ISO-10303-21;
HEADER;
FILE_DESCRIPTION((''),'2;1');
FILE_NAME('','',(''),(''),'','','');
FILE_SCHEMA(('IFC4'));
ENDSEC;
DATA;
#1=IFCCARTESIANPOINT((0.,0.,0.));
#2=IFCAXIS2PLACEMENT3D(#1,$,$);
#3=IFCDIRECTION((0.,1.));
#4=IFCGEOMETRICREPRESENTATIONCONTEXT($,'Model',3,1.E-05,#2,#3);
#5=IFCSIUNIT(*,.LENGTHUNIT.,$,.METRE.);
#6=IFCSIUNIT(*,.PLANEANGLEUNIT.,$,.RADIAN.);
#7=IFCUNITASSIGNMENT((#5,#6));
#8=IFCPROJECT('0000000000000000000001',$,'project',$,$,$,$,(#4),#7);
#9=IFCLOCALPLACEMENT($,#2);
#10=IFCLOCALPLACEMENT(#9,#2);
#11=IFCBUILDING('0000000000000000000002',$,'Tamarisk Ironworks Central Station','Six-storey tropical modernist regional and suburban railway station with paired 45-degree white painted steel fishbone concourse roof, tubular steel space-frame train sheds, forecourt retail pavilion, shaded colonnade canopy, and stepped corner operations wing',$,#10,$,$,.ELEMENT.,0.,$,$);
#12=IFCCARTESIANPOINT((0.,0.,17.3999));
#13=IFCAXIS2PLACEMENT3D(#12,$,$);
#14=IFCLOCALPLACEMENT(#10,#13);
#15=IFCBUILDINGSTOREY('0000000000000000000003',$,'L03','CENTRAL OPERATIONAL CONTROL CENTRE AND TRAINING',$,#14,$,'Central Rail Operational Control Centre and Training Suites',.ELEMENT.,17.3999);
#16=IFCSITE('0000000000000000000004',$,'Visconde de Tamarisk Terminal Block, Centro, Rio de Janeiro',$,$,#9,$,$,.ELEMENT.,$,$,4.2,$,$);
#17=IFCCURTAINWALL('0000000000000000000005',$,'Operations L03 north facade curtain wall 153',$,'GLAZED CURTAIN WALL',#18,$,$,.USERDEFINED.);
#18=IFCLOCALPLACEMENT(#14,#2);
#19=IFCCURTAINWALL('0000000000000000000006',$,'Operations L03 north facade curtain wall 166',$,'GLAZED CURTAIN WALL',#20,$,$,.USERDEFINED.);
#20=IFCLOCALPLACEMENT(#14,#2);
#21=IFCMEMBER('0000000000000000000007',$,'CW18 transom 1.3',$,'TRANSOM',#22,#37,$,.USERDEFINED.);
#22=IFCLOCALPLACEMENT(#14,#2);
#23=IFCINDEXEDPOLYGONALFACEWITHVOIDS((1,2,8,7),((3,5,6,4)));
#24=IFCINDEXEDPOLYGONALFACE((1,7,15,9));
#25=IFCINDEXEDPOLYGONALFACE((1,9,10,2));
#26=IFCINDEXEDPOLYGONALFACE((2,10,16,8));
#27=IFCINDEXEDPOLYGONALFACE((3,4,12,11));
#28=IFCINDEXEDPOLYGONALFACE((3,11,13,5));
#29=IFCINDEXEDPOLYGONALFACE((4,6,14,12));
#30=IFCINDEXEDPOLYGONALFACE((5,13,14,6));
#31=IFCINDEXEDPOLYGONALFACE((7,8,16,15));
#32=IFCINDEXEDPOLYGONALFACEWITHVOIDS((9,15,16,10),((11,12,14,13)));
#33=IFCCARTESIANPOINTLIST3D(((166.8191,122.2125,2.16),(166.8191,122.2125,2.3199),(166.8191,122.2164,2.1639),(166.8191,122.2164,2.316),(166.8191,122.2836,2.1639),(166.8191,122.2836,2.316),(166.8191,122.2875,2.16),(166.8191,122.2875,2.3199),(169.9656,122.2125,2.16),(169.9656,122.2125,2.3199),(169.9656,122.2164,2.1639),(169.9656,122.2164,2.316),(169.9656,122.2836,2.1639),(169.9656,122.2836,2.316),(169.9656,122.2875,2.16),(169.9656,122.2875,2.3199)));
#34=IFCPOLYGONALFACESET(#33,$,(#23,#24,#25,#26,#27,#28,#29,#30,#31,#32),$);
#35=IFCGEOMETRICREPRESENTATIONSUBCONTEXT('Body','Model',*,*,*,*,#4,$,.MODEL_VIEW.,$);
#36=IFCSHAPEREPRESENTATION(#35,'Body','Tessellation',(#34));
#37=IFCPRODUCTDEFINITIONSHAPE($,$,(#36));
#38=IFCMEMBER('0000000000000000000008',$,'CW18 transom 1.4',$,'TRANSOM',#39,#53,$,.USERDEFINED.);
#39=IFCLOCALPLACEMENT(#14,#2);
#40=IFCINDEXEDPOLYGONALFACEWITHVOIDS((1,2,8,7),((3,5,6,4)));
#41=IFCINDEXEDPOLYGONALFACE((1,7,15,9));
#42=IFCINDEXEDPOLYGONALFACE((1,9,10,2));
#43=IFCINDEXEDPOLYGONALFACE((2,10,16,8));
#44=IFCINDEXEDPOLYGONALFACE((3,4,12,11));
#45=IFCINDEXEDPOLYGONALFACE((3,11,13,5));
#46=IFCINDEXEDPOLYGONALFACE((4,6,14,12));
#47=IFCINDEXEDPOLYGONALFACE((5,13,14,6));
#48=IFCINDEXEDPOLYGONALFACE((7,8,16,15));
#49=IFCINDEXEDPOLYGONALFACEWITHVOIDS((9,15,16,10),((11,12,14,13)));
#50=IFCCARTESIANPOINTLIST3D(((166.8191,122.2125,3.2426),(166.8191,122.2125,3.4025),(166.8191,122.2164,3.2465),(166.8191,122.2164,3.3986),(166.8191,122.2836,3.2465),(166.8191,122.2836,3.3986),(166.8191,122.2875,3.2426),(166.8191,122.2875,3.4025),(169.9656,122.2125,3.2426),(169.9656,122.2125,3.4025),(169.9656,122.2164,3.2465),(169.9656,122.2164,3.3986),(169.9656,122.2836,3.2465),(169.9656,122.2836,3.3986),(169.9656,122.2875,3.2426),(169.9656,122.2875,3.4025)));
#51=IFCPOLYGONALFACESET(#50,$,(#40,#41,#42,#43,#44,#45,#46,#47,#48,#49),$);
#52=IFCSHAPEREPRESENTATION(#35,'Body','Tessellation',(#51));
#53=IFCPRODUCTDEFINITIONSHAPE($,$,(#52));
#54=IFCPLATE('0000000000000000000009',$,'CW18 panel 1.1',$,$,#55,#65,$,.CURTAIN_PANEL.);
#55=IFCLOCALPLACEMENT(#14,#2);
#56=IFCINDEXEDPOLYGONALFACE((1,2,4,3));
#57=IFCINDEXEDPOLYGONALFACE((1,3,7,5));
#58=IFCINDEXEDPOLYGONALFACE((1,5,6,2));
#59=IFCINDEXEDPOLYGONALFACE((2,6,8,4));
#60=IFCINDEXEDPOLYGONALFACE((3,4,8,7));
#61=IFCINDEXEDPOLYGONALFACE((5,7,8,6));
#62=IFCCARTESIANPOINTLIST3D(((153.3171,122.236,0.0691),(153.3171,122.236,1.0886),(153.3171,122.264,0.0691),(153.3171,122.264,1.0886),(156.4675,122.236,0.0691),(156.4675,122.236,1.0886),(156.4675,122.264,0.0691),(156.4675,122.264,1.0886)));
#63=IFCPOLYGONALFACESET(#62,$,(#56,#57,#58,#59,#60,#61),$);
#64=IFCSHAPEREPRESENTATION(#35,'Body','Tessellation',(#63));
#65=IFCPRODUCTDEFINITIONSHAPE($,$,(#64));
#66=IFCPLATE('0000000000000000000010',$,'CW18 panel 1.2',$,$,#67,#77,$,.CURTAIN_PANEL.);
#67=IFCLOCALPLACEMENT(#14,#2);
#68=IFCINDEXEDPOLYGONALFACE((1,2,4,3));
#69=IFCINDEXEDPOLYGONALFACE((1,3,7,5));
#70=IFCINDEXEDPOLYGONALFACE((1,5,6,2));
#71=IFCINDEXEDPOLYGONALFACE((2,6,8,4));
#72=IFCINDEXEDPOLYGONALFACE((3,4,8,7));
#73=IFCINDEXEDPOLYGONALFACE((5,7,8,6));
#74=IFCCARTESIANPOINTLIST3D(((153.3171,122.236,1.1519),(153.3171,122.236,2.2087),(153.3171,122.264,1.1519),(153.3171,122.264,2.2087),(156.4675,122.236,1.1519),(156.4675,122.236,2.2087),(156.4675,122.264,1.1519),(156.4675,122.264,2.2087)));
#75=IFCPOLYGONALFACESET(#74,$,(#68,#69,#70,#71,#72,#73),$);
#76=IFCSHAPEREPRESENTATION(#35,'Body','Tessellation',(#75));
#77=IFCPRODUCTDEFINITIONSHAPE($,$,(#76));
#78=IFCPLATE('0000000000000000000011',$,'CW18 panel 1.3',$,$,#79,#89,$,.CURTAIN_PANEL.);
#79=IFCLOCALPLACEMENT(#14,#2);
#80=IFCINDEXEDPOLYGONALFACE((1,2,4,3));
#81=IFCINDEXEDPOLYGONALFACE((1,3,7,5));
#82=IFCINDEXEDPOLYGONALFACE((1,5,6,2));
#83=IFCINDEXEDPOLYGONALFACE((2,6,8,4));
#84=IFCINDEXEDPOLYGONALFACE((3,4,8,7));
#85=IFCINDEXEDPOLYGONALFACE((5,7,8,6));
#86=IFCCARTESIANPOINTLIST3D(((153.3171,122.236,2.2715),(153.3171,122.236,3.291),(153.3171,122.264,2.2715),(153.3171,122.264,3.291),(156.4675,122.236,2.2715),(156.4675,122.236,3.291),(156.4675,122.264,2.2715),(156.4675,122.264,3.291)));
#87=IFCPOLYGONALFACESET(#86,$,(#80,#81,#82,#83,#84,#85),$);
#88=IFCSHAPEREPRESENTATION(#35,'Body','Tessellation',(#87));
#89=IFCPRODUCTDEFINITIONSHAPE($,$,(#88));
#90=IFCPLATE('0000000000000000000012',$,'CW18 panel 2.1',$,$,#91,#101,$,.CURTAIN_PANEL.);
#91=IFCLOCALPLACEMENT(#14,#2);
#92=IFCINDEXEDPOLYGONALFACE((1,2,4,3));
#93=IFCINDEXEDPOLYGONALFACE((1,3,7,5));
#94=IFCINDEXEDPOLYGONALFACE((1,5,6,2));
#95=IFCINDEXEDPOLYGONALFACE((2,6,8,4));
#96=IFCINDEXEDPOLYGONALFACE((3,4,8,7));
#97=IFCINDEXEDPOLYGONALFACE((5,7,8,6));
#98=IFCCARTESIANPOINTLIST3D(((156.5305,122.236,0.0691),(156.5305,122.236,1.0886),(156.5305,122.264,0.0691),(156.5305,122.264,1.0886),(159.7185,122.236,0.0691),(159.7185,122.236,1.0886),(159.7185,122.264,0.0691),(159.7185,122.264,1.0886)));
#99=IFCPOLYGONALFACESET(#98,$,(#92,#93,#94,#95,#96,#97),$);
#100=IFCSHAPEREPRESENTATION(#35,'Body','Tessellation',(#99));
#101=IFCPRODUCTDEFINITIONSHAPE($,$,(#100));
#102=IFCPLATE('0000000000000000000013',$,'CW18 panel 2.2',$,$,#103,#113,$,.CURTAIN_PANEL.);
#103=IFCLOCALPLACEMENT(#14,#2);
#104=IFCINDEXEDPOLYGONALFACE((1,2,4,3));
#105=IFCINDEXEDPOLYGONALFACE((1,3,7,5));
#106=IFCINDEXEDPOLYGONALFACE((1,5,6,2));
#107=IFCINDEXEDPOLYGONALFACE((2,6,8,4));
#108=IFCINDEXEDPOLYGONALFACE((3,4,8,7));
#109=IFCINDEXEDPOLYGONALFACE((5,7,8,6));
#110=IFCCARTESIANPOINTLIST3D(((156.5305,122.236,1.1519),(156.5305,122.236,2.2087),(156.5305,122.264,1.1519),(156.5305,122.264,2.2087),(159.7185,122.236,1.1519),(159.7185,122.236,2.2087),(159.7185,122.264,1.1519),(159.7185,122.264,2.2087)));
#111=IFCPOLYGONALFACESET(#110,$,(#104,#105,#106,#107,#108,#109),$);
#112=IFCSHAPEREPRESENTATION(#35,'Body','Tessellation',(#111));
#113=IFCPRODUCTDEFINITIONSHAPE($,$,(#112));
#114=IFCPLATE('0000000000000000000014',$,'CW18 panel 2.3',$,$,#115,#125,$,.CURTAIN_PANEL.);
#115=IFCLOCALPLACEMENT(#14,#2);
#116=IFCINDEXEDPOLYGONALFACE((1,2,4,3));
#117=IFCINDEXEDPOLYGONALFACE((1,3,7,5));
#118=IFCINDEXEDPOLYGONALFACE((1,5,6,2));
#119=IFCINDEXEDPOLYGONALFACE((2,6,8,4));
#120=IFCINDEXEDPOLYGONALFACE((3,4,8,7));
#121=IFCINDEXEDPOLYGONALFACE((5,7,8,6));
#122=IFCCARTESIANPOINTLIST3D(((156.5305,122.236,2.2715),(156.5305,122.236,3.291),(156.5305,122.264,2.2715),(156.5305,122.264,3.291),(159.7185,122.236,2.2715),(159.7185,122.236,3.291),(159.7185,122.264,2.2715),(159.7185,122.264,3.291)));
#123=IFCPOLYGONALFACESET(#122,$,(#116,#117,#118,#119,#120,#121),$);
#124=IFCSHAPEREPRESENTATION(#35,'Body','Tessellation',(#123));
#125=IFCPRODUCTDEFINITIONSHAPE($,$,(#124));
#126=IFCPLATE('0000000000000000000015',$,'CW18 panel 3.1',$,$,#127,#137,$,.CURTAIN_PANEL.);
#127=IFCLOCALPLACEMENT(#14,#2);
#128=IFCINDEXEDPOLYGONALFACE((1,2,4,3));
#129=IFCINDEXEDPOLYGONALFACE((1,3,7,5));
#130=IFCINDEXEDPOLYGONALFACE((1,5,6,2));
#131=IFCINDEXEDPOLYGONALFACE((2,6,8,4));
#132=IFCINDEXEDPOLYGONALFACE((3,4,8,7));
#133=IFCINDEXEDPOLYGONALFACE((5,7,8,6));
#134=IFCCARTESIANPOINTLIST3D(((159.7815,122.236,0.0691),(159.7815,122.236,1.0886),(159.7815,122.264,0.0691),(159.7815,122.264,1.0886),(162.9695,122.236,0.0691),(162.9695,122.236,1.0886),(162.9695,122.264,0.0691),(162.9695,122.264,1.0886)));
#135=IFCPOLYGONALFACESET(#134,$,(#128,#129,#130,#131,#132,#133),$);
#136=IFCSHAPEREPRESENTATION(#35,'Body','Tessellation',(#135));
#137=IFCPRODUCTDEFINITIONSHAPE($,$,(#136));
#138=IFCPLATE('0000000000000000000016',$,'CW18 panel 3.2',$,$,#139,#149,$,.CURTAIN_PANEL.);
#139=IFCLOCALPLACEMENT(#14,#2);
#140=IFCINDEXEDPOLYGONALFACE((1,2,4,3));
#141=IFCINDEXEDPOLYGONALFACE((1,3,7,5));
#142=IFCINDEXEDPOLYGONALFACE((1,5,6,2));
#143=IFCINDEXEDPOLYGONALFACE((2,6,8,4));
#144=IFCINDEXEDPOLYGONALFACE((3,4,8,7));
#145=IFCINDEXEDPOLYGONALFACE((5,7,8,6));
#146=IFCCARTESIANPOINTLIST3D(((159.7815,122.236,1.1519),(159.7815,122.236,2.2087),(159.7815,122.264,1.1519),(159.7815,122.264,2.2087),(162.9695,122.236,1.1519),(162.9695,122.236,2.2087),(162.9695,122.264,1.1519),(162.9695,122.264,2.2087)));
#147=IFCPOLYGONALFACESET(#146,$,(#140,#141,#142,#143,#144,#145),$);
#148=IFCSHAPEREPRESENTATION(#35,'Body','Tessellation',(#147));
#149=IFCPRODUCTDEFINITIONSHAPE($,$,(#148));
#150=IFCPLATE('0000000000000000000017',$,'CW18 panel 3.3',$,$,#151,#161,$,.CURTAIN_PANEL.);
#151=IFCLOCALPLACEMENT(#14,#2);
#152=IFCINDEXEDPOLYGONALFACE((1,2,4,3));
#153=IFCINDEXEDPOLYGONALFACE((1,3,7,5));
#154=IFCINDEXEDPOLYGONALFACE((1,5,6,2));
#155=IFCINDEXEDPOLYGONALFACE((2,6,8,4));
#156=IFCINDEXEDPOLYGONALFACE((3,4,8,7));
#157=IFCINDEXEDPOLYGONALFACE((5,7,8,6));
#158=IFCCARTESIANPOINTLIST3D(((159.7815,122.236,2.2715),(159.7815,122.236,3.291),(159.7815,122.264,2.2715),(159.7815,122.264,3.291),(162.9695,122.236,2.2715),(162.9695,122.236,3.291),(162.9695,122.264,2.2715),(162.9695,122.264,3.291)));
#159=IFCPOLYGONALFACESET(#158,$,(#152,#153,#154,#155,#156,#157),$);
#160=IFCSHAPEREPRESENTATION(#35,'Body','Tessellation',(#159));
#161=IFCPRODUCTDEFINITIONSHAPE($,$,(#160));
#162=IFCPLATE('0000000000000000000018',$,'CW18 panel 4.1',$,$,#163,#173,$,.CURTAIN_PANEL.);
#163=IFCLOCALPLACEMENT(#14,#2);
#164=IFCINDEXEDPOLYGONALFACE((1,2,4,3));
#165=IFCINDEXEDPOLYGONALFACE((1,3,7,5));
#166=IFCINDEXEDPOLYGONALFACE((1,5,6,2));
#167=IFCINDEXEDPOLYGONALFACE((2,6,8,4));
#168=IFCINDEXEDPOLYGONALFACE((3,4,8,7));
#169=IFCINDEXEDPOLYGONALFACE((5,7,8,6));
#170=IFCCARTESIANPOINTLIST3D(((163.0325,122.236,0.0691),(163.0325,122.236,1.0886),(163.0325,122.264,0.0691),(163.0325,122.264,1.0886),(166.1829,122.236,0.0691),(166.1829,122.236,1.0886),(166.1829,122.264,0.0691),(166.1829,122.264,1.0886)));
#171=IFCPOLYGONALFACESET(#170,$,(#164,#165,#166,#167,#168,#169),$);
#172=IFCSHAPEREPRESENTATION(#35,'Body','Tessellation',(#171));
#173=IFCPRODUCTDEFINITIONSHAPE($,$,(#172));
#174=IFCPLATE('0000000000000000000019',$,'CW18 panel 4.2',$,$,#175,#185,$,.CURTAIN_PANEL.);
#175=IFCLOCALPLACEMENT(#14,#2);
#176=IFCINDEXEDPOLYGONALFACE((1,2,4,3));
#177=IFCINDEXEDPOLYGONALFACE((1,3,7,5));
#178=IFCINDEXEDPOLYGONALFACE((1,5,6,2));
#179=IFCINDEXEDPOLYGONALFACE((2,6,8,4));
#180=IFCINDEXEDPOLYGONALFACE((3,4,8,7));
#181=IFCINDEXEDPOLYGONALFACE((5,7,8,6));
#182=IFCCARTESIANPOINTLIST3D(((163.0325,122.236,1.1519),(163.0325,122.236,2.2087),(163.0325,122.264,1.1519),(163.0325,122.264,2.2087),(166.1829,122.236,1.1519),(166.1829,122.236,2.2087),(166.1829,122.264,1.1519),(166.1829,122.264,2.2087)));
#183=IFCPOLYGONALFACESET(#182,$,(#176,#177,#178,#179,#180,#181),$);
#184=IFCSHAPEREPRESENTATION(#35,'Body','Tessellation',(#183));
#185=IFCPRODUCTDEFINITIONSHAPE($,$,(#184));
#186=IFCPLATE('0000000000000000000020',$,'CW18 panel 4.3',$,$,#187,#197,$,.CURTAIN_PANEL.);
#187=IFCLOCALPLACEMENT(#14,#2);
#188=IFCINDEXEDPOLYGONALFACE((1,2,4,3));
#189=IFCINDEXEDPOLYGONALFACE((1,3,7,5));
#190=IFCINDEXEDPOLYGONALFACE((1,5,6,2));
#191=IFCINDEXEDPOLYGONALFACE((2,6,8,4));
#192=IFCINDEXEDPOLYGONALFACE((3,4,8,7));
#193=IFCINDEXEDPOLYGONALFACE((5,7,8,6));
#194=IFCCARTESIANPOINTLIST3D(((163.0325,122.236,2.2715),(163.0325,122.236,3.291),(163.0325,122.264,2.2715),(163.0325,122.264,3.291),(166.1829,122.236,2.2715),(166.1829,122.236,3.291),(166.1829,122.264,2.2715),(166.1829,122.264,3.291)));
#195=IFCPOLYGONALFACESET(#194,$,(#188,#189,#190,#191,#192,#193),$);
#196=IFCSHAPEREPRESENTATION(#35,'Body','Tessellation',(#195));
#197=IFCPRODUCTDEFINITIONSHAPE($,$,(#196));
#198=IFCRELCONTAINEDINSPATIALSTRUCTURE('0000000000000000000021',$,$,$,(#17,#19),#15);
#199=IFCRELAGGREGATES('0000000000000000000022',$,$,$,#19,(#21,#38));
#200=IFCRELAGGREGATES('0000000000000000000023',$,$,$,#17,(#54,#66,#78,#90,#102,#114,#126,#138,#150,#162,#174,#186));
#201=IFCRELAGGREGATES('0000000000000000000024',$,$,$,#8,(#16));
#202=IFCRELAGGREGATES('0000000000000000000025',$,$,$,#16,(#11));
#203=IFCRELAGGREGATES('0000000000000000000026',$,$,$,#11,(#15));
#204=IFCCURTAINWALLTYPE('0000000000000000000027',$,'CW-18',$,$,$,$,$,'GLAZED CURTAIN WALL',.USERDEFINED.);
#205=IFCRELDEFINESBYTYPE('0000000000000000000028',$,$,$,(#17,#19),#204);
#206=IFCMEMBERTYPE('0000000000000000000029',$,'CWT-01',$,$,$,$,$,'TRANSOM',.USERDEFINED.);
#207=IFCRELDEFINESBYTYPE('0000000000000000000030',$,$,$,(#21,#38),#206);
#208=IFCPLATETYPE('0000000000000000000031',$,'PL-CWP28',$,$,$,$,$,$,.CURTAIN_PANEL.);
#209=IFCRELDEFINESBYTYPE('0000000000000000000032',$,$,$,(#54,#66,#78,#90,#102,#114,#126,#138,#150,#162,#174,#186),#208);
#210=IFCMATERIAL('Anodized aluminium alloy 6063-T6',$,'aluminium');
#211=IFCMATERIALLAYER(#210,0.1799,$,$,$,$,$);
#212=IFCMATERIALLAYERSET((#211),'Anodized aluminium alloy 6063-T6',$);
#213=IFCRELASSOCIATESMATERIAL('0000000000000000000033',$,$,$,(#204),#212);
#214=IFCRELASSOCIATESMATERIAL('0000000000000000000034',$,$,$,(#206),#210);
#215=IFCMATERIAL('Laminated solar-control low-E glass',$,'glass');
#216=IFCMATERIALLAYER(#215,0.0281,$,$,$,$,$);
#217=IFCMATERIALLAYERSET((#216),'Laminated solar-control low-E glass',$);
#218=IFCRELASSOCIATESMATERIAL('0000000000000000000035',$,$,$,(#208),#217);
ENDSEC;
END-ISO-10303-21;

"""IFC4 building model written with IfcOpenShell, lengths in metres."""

from ifc_helpers import new_model, si_unit, direction, frame, origin, origin_2d, place, context, subcontext, project, spatial, rectangle, hollow_rectangle, extrude, material, layer, layer_set, material_profile, profile_set, type_object, element, aggregate, save


model = new_model("IFC4")

# Units and contexts
model_context = context("Model", 3, precision=1e-05, world=origin(), true_north=direction((0.0, 1.0)))
body_context = subcontext(model_context, "Body", "Model", "MODEL_VIEW")
ifc_project = project(units=[si_unit("LENGTHUNIT", "METRE"), si_unit("PLANEANGLEUNIT", "RADIAN")], contexts=[model_context])

# Site, building, storey
site_placement = place(None, origin())
site = spatial("IfcSite", under=ifc_project, at=site_placement, Name="Visconde de Tamarisk Terminal Block, Centro, Rio de Janeiro", CompositionType="ELEMENT", RefElevation=4.2)
building_placement = place(site_placement, origin())
building = spatial("IfcBuilding", under=site, at=building_placement, Name="Tamarisk Ironworks Central Station", Description="Six-storey tropical modernist regional and suburban railway station with paired 45-degree white painted steel fishbone concourse roof, tubular steel space-frame train sheds, forecourt retail pavilion, shaded colonnade canopy, and stepped corner operations wing", CompositionType="ELEMENT", ElevationOfRefHeight=0.0)
storey_placement = place(building_placement, frame((0.0, 0.0, 17.3999)))
storey = spatial("IfcBuildingStorey", under=building, at=storey_placement, Name="L03", Description="CENTRAL OPERATIONAL CONTROL CENTRE AND TRAINING", LongName="Central Rail Operational Control Centre and Training Suites", CompositionType="ELEMENT", Elevation=17.3999)

# Curtain wall
ifc_material_1 = material(Name="Anodized aluminium alloy 6063-T6", Category="aluminium")
ifc_layer_1 = layer(ifc_material_1, 0.1799)
ifc_layer_set_1 = layer_set([ifc_layer_1], Name="Anodized aluminium alloy 6063-T6")
curtain_wall_type = type_object("IfcCurtainWallType", Name="CW-18", ElementType="GLAZED CURTAIN WALL", PredefinedType="USERDEFINED", material=ifc_layer_set_1)
curtain_wall_1_placement = place(storey_placement, origin())
curtain_wall_1 = element("IfcCurtainWall", 1, at=curtain_wall_1_placement, inside=storey, type_object=curtain_wall_type, Name="Operations L03 north facade curtain wall 153", ObjectType="GLAZED CURTAIN WALL", PredefinedType="USERDEFINED")

# Curtain wall
curtain_wall_2_placement = place(storey_placement, origin())
curtain_wall_2 = element("IfcCurtainWall", 2, at=curtain_wall_2_placement, inside=storey, type_object=curtain_wall_type, Name="Operations L03 north facade curtain wall 166", ObjectType="GLAZED CURTAIN WALL", PredefinedType="USERDEFINED")

# Members
ifc_material_profile_1 = material_profile(ifc_material_1, hollow_rectangle(XDim=0.075, YDim=0.1599, WallThickness=0.0039, at=origin_2d()), Name="ALUM 160x75")
ifc_profile_set_1 = profile_set([ifc_material_profile_1], Name="Anodized aluminium alloy 6063-T6")
member_type_1 = type_object("IfcMemberType", Name="CWT-01", ElementType="TRANSOM", PredefinedType="USERDEFINED", material=ifc_profile_set_1)
member_1_placement = place(storey_placement, frame((166.8191, 122.25, 2.24), z_axis=(1.0, 0.0, 0.0), x_axis=(0.0, 1.0, 0.0)))
member_1 = element("IfcMember", 3, at=member_1_placement, type_object=member_type_1, Name="CW18 transom 1.3", ObjectType="TRANSOM", PredefinedType="USERDEFINED", context=body_context, shape_type="SweptSolid", body=[
    extrude(hollow_rectangle(XDim=0.075, YDim=0.1599, WallThickness=0.0039, at=origin_2d()), origin(), (0.0, 0.0, 1.0), 3.1465),
])
member_2_placement = place(storey_placement, frame((166.8191, 122.25, 3.3225), z_axis=(1.0, 0.0, 0.0), x_axis=(0.0, 1.0, 0.0)))
member_2 = element("IfcMember", 4, at=member_2_placement, type_object=member_type_1, Name="CW18 transom 1.4", ObjectType="TRANSOM", PredefinedType="USERDEFINED", context=body_context, shape_type="SweptSolid", body=[
    extrude(hollow_rectangle(XDim=0.075, YDim=0.1599, WallThickness=0.0039, at=origin_2d()), origin(), (0.0, 0.0, 1.0), 3.1465),
])
aggregate(curtain_wall_2, [member_1, member_2])

# Plates
ifc_material_2 = material(Name="Laminated solar-control low-E glass", Category="glass")
ifc_layer_2 = layer(ifc_material_2, 0.0281)
ifc_layer_set_2 = layer_set([ifc_layer_2], Name="Laminated solar-control low-E glass")
plate_type = type_object("IfcPlateType", Name="PL-CWP28", PredefinedType="CURTAIN_PANEL", material=ifc_layer_set_2)
plate_1_placement = place(storey_placement, frame((154.8923, 122.25, 0.0691), z_axis=(0.0, 0.0, 1.0), x_axis=(1.0, 0.0, 0.0)))
plate_1 = element("IfcPlate", 5, at=plate_1_placement, type_object=plate_type, Name="CW18 panel 1.1", PredefinedType="CURTAIN_PANEL", context=body_context, shape_type="SweptSolid", body=[
    extrude(rectangle(XDim=3.1504, YDim=0.0281, at=origin_2d()), origin(), (0.0, 0.0, 1.0), 1.0195),
])
plate_2_placement = place(storey_placement, frame((154.8923, 122.25, 1.1519), z_axis=(0.0, 0.0, 1.0), x_axis=(1.0, 0.0, 0.0)))
plate_2 = element("IfcPlate", 6, at=plate_2_placement, type_object=plate_type, Name="CW18 panel 1.2", PredefinedType="CURTAIN_PANEL", context=body_context, shape_type="SweptSolid", body=[
    extrude(rectangle(XDim=3.1504, YDim=0.0281, at=origin_2d()), origin(), (0.0, 0.0, 1.0), 1.0569),
])
plate_3_placement = place(storey_placement, frame((154.8923, 122.25, 2.2715), z_axis=(0.0, 0.0, 1.0), x_axis=(1.0, 0.0, 0.0)))
plate_3 = element("IfcPlate", 7, at=plate_3_placement, type_object=plate_type, Name="CW18 panel 1.3", PredefinedType="CURTAIN_PANEL", context=body_context, shape_type="SweptSolid", body=[
    extrude(rectangle(XDim=3.1504, YDim=0.0281, at=origin_2d()), origin(), (0.0, 0.0, 1.0), 1.0195),
])
plate_4_placement = place(storey_placement, frame((158.1245, 122.25, 0.0691), z_axis=(0.0, 0.0, 1.0), x_axis=(1.0, 0.0, 0.0)))
plate_4 = element("IfcPlate", 8, at=plate_4_placement, type_object=plate_type, Name="CW18 panel 2.1", PredefinedType="CURTAIN_PANEL", context=body_context, shape_type="SweptSolid", body=[
    extrude(rectangle(XDim=3.188, YDim=0.0281, at=origin_2d()), origin(), (0.0, 0.0, 1.0), 1.0195),
])
plate_5_placement = place(storey_placement, frame((158.1245, 122.25, 1.1519), z_axis=(0.0, 0.0, 1.0), x_axis=(1.0, 0.0, 0.0)))
plate_5 = element("IfcPlate", 9, at=plate_5_placement, type_object=plate_type, Name="CW18 panel 2.2", PredefinedType="CURTAIN_PANEL", context=body_context, shape_type="SweptSolid", body=[
    extrude(rectangle(XDim=3.188, YDim=0.0281, at=origin_2d()), origin(), (0.0, 0.0, 1.0), 1.0569),
])
plate_6_placement = place(storey_placement, frame((158.1245, 122.25, 2.2715), z_axis=(0.0, 0.0, 1.0), x_axis=(1.0, 0.0, 0.0)))
plate_6 = element("IfcPlate", 10, at=plate_6_placement, type_object=plate_type, Name="CW18 panel 2.3", PredefinedType="CURTAIN_PANEL", context=body_context, shape_type="SweptSolid", body=[
    extrude(rectangle(XDim=3.188, YDim=0.0281, at=origin_2d()), origin(), (0.0, 0.0, 1.0), 1.0195),
])
plate_7_placement = place(storey_placement, frame((161.3755, 122.25, 0.0691), z_axis=(0.0, 0.0, 1.0), x_axis=(1.0, 0.0, 0.0)))
plate_7 = element("IfcPlate", 11, at=plate_7_placement, type_object=plate_type, Name="CW18 panel 3.1", PredefinedType="CURTAIN_PANEL", context=body_context, shape_type="SweptSolid", body=[
    extrude(rectangle(XDim=3.188, YDim=0.0281, at=origin_2d()), origin(), (0.0, 0.0, 1.0), 1.0195),
])
plate_8_placement = place(storey_placement, frame((161.3755, 122.25, 1.1519), z_axis=(0.0, 0.0, 1.0), x_axis=(1.0, 0.0, 0.0)))
plate_8 = element("IfcPlate", 12, at=plate_8_placement, type_object=plate_type, Name="CW18 panel 3.2", PredefinedType="CURTAIN_PANEL", context=body_context, shape_type="SweptSolid", body=[
    extrude(rectangle(XDim=3.188, YDim=0.0281, at=origin_2d()), origin(), (0.0, 0.0, 1.0), 1.0569),
])
plate_9_placement = place(storey_placement, frame((161.3755, 122.25, 2.2715), z_axis=(0.0, 0.0, 1.0), x_axis=(1.0, 0.0, 0.0)))
plate_9 = element("IfcPlate", 13, at=plate_9_placement, type_object=plate_type, Name="CW18 panel 3.3", PredefinedType="CURTAIN_PANEL", context=body_context, shape_type="SweptSolid", body=[
    extrude(rectangle(XDim=3.188, YDim=0.0281, at=origin_2d()), origin(), (0.0, 0.0, 1.0), 1.0195),
])
plate_10_placement = place(storey_placement, frame((164.6077, 122.25, 0.0691), z_axis=(0.0, 0.0, 1.0), x_axis=(1.0, 0.0, 0.0)))
plate_10 = element("IfcPlate", 14, at=plate_10_placement, type_object=plate_type, Name="CW18 panel 4.1", PredefinedType="CURTAIN_PANEL", context=body_context, shape_type="SweptSolid", body=[
    extrude(rectangle(XDim=3.1504, YDim=0.0281, at=origin_2d()), origin(), (0.0, 0.0, 1.0), 1.0195),
])
plate_11_placement = place(storey_placement, frame((164.6077, 122.25, 1.1519), z_axis=(0.0, 0.0, 1.0), x_axis=(1.0, 0.0, 0.0)))
plate_11 = element("IfcPlate", 15, at=plate_11_placement, type_object=plate_type, Name="CW18 panel 4.2", PredefinedType="CURTAIN_PANEL", context=body_context, shape_type="SweptSolid", body=[
    extrude(rectangle(XDim=3.1504, YDim=0.0281, at=origin_2d()), origin(), (0.0, 0.0, 1.0), 1.0569),
])
plate_12_placement = place(storey_placement, frame((164.6077, 122.25, 2.2715), z_axis=(0.0, 0.0, 1.0), x_axis=(1.0, 0.0, 0.0)))
plate_12 = element("IfcPlate", 16, at=plate_12_placement, type_object=plate_type, Name="CW18 panel 4.3", PredefinedType="CURTAIN_PANEL", context=body_context, shape_type="SweptSolid", body=[
    extrude(rectangle(XDim=3.1504, YDim=0.0281, at=origin_2d()), origin(), (0.0, 0.0, 1.0), 1.0195),
])
aggregate(curtain_wall_1, [plate_1, plate_2, plate_3, plate_4, plate_5, plate_6, plate_7, plate_8, plate_9, plate_10, plate_11, plate_12])

save(model, "model.ifc")
